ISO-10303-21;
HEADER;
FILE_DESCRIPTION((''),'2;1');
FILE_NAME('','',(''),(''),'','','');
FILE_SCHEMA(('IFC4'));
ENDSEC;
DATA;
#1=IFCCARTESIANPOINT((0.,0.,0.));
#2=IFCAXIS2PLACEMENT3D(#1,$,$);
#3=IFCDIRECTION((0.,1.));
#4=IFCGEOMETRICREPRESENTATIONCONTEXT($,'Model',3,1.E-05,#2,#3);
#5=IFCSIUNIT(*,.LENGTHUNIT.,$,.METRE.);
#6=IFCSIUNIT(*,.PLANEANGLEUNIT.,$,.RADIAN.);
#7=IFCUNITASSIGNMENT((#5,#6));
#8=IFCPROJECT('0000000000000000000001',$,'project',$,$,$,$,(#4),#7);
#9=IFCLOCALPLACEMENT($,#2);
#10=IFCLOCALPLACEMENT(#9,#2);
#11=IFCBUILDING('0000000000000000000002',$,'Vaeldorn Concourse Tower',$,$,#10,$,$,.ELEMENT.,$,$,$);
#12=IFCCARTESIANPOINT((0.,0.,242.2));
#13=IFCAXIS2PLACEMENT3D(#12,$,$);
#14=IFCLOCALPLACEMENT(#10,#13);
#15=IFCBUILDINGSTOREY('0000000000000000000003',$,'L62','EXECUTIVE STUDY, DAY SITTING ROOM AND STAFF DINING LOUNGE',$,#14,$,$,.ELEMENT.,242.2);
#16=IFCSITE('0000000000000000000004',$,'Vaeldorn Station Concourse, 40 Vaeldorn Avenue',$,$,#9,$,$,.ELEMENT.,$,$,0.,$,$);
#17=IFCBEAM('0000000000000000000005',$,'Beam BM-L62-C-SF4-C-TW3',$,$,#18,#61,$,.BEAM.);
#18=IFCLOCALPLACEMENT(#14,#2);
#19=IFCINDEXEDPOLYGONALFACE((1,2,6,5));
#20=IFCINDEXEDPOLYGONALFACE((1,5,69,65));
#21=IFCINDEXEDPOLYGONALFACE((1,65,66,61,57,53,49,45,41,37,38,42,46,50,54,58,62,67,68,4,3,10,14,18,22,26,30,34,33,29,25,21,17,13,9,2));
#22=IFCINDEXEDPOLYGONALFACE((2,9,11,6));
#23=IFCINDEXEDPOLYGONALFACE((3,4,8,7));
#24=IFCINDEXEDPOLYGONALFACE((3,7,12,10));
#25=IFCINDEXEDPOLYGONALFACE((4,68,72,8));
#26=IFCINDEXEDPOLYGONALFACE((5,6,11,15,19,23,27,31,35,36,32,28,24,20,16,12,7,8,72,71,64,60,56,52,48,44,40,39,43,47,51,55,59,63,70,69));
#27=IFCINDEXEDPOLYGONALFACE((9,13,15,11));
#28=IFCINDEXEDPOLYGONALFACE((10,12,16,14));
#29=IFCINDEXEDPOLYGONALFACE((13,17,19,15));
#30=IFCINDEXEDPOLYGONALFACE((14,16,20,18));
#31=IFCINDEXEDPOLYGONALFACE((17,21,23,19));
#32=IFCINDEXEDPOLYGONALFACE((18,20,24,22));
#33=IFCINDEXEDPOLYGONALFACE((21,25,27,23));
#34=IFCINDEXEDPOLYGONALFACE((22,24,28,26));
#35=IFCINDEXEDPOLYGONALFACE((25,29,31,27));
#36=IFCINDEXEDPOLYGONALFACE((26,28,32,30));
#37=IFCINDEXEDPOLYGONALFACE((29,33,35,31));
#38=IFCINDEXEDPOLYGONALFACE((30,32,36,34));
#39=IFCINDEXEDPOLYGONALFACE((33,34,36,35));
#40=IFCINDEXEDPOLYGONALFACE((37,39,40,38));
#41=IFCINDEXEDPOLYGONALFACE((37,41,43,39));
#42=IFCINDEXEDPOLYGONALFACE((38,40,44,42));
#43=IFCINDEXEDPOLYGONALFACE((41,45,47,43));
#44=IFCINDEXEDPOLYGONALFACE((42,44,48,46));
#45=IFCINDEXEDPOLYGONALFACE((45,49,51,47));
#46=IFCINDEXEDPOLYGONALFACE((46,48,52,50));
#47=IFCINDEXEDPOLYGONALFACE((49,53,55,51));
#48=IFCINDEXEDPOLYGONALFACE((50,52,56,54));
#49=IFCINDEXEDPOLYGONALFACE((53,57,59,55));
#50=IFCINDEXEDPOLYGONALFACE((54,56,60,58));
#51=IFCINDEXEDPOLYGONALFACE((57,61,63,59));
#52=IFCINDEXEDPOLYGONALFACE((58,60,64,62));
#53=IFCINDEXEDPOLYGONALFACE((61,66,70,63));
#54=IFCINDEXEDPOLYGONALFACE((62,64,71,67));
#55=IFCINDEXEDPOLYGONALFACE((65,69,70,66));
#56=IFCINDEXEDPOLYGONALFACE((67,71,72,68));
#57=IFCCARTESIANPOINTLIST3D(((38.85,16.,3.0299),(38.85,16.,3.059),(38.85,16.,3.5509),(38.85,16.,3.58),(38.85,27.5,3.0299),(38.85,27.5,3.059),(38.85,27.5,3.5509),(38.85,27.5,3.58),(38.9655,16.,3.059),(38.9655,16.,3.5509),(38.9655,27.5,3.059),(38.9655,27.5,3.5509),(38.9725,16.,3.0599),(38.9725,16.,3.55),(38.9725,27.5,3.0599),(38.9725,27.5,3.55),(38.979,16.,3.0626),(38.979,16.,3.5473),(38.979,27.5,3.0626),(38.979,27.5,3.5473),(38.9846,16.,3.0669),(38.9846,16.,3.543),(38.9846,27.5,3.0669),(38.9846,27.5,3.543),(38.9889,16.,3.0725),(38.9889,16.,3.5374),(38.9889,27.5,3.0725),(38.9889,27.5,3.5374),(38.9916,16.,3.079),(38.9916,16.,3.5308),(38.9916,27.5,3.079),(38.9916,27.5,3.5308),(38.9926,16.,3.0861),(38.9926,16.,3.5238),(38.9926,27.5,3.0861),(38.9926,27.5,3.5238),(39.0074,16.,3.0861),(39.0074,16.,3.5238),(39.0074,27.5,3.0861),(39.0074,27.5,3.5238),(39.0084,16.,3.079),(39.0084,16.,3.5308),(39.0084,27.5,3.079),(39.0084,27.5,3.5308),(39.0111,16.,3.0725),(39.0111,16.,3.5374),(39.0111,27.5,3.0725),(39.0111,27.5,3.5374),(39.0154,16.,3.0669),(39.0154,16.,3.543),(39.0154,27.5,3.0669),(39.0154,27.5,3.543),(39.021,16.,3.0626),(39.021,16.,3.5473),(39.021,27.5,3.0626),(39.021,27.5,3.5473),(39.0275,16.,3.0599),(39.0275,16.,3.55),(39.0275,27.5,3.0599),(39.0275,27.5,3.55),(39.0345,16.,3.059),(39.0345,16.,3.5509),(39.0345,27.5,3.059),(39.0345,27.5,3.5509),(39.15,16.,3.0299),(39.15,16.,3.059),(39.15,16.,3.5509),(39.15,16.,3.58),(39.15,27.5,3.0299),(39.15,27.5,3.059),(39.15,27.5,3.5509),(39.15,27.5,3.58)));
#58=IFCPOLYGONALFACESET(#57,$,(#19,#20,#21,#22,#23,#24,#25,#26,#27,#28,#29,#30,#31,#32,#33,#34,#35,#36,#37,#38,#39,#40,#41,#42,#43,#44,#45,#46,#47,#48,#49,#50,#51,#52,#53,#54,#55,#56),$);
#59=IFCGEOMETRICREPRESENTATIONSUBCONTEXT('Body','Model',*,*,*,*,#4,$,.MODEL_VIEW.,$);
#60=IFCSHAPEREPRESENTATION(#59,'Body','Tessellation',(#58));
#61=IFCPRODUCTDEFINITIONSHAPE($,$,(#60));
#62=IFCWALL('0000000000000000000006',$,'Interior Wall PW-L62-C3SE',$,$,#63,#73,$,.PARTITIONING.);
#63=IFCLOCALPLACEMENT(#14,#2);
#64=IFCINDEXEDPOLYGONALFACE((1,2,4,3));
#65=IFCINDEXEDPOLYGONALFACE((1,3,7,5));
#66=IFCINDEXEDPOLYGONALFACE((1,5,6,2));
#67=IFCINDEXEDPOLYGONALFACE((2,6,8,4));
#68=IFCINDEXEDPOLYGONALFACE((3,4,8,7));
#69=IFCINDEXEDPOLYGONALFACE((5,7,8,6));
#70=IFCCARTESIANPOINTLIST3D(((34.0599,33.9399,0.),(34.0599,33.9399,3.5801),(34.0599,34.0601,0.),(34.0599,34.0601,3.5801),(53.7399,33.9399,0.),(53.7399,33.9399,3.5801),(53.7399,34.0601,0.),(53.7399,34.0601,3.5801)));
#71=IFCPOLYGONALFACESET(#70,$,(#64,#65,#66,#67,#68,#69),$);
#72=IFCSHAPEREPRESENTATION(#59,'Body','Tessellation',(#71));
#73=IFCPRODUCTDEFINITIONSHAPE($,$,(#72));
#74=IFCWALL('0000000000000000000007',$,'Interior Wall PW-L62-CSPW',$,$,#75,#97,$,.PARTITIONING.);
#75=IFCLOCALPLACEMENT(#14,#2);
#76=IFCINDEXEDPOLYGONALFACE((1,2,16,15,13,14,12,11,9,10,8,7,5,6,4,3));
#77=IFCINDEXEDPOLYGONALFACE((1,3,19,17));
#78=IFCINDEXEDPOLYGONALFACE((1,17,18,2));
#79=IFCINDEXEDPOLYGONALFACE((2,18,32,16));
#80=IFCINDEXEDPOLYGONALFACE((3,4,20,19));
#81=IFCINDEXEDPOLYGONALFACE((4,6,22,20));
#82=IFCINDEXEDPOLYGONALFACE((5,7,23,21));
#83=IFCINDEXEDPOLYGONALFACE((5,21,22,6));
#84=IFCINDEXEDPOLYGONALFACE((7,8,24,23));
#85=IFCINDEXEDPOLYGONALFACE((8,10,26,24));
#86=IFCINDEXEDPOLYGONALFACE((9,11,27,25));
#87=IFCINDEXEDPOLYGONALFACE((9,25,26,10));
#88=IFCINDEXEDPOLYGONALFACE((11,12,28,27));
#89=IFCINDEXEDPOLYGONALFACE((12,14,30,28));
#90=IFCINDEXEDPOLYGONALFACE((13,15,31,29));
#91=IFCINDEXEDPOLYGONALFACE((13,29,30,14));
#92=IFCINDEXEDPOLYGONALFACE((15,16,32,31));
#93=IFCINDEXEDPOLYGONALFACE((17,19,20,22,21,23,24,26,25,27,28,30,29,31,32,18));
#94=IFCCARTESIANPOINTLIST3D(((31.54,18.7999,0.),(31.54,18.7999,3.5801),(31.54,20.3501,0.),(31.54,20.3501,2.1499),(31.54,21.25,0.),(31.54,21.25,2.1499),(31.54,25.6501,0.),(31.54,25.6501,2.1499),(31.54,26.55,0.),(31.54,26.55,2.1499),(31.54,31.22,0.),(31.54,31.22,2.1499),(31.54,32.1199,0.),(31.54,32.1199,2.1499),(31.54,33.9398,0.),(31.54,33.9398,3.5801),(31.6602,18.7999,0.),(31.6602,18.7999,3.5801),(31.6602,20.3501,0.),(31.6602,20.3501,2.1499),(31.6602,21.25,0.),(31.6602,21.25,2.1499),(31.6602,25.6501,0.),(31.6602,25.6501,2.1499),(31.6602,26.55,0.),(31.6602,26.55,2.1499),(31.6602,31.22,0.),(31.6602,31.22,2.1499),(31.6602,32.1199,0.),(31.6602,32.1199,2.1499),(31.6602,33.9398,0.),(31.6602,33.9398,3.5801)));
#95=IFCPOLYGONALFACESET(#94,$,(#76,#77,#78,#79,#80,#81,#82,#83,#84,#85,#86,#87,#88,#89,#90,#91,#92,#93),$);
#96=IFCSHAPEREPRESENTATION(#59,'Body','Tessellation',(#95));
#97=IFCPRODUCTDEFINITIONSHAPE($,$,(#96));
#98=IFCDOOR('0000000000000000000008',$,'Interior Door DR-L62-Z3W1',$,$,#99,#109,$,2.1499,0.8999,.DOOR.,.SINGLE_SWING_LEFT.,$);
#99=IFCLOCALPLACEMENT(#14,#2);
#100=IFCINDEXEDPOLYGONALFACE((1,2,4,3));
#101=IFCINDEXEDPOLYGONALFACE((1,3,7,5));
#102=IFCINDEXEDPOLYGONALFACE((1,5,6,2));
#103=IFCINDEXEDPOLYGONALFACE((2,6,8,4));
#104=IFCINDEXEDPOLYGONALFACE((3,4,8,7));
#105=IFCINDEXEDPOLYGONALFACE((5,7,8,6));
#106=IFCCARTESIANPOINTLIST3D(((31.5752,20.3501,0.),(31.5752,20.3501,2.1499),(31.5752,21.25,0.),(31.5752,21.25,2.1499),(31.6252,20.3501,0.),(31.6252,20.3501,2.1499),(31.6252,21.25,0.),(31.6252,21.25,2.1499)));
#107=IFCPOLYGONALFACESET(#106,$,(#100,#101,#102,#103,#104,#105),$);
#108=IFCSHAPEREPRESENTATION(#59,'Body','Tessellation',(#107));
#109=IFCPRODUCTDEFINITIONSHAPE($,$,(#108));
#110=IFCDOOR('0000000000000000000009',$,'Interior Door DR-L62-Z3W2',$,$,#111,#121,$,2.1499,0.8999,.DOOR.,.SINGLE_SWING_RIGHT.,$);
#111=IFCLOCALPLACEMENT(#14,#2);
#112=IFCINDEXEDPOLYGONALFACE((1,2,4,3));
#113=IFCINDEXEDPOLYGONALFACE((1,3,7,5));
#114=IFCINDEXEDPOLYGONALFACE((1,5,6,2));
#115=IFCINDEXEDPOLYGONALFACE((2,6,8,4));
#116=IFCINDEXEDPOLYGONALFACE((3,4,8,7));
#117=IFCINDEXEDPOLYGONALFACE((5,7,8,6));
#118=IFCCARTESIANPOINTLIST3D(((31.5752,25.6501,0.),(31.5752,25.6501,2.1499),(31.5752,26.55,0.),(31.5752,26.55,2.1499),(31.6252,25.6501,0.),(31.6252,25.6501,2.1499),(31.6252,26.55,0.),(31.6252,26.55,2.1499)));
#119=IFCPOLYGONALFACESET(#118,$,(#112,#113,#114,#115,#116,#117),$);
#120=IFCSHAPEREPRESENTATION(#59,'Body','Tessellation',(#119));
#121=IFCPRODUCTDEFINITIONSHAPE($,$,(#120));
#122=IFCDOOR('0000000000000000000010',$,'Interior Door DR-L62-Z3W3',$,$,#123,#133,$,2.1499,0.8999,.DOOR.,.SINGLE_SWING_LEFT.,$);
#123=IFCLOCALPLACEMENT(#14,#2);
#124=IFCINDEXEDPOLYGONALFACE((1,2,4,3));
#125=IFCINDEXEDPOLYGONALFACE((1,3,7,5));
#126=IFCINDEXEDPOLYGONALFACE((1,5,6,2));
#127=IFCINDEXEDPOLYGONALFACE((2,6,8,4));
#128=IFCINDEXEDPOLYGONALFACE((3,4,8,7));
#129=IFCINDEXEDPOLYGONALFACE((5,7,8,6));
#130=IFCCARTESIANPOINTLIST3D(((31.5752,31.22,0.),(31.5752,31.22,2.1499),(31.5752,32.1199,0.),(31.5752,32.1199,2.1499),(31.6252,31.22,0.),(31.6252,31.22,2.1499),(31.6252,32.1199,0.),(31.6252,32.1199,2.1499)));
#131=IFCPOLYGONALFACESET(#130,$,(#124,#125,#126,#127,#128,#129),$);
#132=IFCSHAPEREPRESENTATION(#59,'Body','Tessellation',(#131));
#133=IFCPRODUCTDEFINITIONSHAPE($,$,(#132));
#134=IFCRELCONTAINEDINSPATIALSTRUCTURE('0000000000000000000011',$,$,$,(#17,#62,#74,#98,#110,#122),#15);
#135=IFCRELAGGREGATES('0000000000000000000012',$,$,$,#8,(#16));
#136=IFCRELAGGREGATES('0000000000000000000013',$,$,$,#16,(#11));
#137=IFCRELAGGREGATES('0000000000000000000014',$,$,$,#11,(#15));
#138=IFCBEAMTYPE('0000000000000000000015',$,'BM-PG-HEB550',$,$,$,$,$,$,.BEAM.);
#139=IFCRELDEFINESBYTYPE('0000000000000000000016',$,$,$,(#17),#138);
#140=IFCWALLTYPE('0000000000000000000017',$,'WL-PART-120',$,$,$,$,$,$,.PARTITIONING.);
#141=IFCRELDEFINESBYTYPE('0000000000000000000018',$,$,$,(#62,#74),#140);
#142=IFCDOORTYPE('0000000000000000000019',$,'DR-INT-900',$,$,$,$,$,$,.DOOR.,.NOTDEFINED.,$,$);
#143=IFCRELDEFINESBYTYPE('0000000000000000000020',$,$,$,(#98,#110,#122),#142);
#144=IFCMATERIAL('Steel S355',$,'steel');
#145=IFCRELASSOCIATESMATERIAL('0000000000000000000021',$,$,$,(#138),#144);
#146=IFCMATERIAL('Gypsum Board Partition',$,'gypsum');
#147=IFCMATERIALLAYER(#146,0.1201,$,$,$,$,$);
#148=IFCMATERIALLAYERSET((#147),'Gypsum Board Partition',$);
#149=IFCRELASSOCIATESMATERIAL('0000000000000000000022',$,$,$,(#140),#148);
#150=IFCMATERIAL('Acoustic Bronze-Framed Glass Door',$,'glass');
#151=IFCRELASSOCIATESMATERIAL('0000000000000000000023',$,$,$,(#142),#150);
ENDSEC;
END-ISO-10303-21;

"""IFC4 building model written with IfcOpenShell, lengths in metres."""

from ifc_helpers import new_model, si_unit, direction, frame, frame_2d, origin, origin_2d, place, context, subcontext, project, spatial, rectangle, i_section, extrude, source, transform, mapped, material, layer, layer_set, material_profile, profile_set, type_object, element, fill, save


model = new_model("IFC4")

# Units and contexts
model_context = context("Model", 3, precision=1e-05, world=origin(), true_north=direction((0.0, 1.0)))
body_context = subcontext(model_context, "Body", "Model", "MODEL_VIEW")
ifc_project = project(units=[si_unit("LENGTHUNIT", "METRE"), si_unit("PLANEANGLEUNIT", "RADIAN")], contexts=[model_context])

# Site, building, storey
site_placement = place(None, origin())
site = spatial("IfcSite", under=ifc_project, at=site_placement, Name="Vaeldorn Station Concourse, 40 Vaeldorn Avenue", CompositionType="ELEMENT", RefElevation=0.0)
building_placement = place(site_placement, origin())
building = spatial("IfcBuilding", under=site, at=building_placement, Name="Vaeldorn Concourse Tower", CompositionType="ELEMENT")
storey_placement = place(building_placement, frame((0.0, 0.0, 242.2)))
storey = spatial("IfcBuildingStorey", under=building, at=storey_placement, Name="L62", Description="EXECUTIVE STUDY, DAY SITTING ROOM AND STAFF DINING LOUNGE", CompositionType="ELEMENT", Elevation=242.2)

# Shared definitions
ifc_material_1 = material(Name="Steel S355", Category="steel")

# Beam
ifc_material_profile_1 = material_profile(ifc_material_1, i_section(OverallWidth=0.3, OverallDepth=0.55, WebThickness=0.0149, FlangeThickness=0.0291, FilletRadius=0.0271, at=origin_2d()), Name="HEB 550")
ifc_profile_set_1 = profile_set([ifc_material_profile_1], Name="Steel S355")
beam_type_1 = type_object("IfcBeamType", Name="BM-PG-HEB550", PredefinedType="BEAM", material=ifc_profile_set_1)
shared_shape_1 = source(origin(), body_context, "Body", "SweptSolid", [
    extrude(i_section(OverallWidth=0.3, OverallDepth=0.55, WebThickness=0.0149, FlangeThickness=0.0291, FilletRadius=0.0271, at=origin_2d()), origin(), (0.0, 0.0, 1.0), 11.5),
])
beam_1_placement = place(storey_placement, frame((39.0, 16.0, 3.3049), z_axis=(0.0, 1.0, 0.0), x_axis=(-1.0, 0.0, 0.0)))
element("IfcBeam", 1, at=beam_1_placement, inside=storey, type_object=beam_type_1, Name="Beam BM-L62-C-SF4-C-TW3", PredefinedType="BEAM", context=body_context, shape_type="MappedRepresentation", body=[
    mapped(shared_shape_1, transform((0.0, 0.0, 0.0), scale=1.0)),
])

# Wall
ifc_material_2 = material(Name="Gypsum Board Partition", Category="gypsum")
ifc_layer = layer(ifc_material_2, 0.1201)
ifc_layer_set = layer_set([ifc_layer], Name="Gypsum Board Partition")
wall_type = type_object("IfcWallType", Name="WL-PART-120", PredefinedType="PARTITIONING", material=ifc_layer_set)
wall_1_placement = place(storey_placement, frame((34.0601, 34.0, 0.0), z_axis=(0.0, 0.0, 1.0), x_axis=(1.0, 0.0, 0.0)))
element("IfcWall", 2, at=wall_1_placement, inside=storey, type_object=wall_type, Name="Interior Wall PW-L62-C3SE", PredefinedType="PARTITIONING", context=body_context, shape_type="SweptSolid", body=[
    extrude(rectangle(XDim=19.6799, YDim=0.1201, at=frame_2d((9.8398, 0.0))), origin(), (0.0, 0.0, 1.0), 3.5801),
])

# Wall, openings, doors
wall_2_placement = place(storey_placement, frame((31.6001, 18.8, 0.0), z_axis=(0.0, 0.0, 1.0), x_axis=(0.0, 1.0, 0.0)))
wall_2 = element("IfcWall", 3, at=wall_2_placement, inside=storey, type_object=wall_type, Name="Interior Wall PW-L62-CSPW", PredefinedType="PARTITIONING", context=body_context, shape_type="SweptSolid", body=[
    extrude(rectangle(XDim=15.1399, YDim=0.1201, at=frame_2d((7.5698, 0.0))), origin(), (0.0, 0.0, 1.0), 3.5801),
])
opening_1_placement = place(wall_2_placement, frame((1.55, 0.0, 0.0)))
opening_1 = element("IfcOpeningElement", 4, at=opening_1_placement, cuts=wall_2, PredefinedType="OPENING", context=body_context, shape_type="SweptSolid", body=[
    extrude(rectangle(XDim=0.8999, YDim=2.1499, at=frame_2d((0.45, 1.075))), frame((0.0, 0.0701, 0.0), z_axis=(0.0, -1.0, 0.0), x_axis=(1.0, 0.0, 0.0)), (0.0, 0.0, 1.0), 0.1401),
])
opening_2_placement = place(wall_2_placement, frame((6.8501, 0.0, 0.0)))
opening_2 = element("IfcOpeningElement", 5, at=opening_2_placement, cuts=wall_2, PredefinedType="OPENING", context=body_context, shape_type="SweptSolid", body=[
    extrude(rectangle(XDim=0.8999, YDim=2.1499, at=frame_2d((0.45, 1.075))), frame((0.0, 0.0701, 0.0), z_axis=(0.0, -1.0, 0.0), x_axis=(1.0, 0.0, 0.0)), (0.0, 0.0, 1.0), 0.1401),
])
opening_3_placement = place(wall_2_placement, frame((12.4199, 0.0, 0.0)))
opening_3 = element("IfcOpeningElement", 6, at=opening_3_placement, cuts=wall_2, PredefinedType="OPENING", context=body_context, shape_type="SweptSolid", body=[
    extrude(rectangle(XDim=0.8999, YDim=2.1499, at=frame_2d((0.45, 1.075))), frame((0.0, 0.0701, 0.0), z_axis=(0.0, -1.0, 0.0), x_axis=(1.0, 0.0, 0.0)), (0.0, 0.0, 1.0), 0.1401),
])
ifc_material_3 = material(Name="Acoustic Bronze-Framed Glass Door", Category="glass")
door_type = type_object("IfcDoorType", Name="DR-INT-900", OperationType="NOTDEFINED", PredefinedType="DOOR", material=ifc_material_3)
shared_shape_2 = source(origin(), body_context, "Body", "SweptSolid", [
    extrude(rectangle(XDim=0.8999, YDim=2.1499, at=frame_2d((0.45, 1.075))), frame((0.0, 0.0249, 0.0), z_axis=(0.0, -1.0, 0.0), x_axis=(1.0, 0.0, 0.0)), (0.0, 0.0, 1.0), 0.05),
])
door_1_placement = place(opening_1_placement, origin())
door_1 = element("IfcDoor", 7, at=door_1_placement, inside=storey, type_object=door_type, Name="Interior Door DR-L62-Z3W1", OperationType="SINGLE_SWING_LEFT", OverallHeight=2.1499, OverallWidth=0.8999, PredefinedType="DOOR", context=body_context, shape_type="MappedRepresentation", body=[
    mapped(shared_shape_2, transform((0.0, 0.0, 0.0), scale=1.0)),
])
fill(opening_1, door_1)
door_2_placement = place(opening_2_placement, origin())
door_2 = element("IfcDoor", 8, at=door_2_placement, inside=storey, type_object=door_type, Name="Interior Door DR-L62-Z3W2", OperationType="SINGLE_SWING_RIGHT", OverallHeight=2.1499, OverallWidth=0.8999, PredefinedType="DOOR", context=body_context, shape_type="MappedRepresentation", body=[
    mapped(shared_shape_2, transform((0.0, 0.0, 0.0), scale=1.0)),
])
fill(opening_2, door_2)
door_3_placement = place(opening_3_placement, origin())
door_3 = element("IfcDoor", 9, at=door_3_placement, inside=storey, type_object=door_type, Name="Interior Door DR-L62-Z3W3", OperationType="SINGLE_SWING_LEFT", OverallHeight=2.1499, OverallWidth=0.8999, PredefinedType="DOOR", context=body_context, shape_type="MappedRepresentation", body=[
    mapped(shared_shape_2, transform((0.0, 0.0, 0.0), scale=1.0)),
])
fill(opening_3, door_3)

save(model, "model.ifc")
